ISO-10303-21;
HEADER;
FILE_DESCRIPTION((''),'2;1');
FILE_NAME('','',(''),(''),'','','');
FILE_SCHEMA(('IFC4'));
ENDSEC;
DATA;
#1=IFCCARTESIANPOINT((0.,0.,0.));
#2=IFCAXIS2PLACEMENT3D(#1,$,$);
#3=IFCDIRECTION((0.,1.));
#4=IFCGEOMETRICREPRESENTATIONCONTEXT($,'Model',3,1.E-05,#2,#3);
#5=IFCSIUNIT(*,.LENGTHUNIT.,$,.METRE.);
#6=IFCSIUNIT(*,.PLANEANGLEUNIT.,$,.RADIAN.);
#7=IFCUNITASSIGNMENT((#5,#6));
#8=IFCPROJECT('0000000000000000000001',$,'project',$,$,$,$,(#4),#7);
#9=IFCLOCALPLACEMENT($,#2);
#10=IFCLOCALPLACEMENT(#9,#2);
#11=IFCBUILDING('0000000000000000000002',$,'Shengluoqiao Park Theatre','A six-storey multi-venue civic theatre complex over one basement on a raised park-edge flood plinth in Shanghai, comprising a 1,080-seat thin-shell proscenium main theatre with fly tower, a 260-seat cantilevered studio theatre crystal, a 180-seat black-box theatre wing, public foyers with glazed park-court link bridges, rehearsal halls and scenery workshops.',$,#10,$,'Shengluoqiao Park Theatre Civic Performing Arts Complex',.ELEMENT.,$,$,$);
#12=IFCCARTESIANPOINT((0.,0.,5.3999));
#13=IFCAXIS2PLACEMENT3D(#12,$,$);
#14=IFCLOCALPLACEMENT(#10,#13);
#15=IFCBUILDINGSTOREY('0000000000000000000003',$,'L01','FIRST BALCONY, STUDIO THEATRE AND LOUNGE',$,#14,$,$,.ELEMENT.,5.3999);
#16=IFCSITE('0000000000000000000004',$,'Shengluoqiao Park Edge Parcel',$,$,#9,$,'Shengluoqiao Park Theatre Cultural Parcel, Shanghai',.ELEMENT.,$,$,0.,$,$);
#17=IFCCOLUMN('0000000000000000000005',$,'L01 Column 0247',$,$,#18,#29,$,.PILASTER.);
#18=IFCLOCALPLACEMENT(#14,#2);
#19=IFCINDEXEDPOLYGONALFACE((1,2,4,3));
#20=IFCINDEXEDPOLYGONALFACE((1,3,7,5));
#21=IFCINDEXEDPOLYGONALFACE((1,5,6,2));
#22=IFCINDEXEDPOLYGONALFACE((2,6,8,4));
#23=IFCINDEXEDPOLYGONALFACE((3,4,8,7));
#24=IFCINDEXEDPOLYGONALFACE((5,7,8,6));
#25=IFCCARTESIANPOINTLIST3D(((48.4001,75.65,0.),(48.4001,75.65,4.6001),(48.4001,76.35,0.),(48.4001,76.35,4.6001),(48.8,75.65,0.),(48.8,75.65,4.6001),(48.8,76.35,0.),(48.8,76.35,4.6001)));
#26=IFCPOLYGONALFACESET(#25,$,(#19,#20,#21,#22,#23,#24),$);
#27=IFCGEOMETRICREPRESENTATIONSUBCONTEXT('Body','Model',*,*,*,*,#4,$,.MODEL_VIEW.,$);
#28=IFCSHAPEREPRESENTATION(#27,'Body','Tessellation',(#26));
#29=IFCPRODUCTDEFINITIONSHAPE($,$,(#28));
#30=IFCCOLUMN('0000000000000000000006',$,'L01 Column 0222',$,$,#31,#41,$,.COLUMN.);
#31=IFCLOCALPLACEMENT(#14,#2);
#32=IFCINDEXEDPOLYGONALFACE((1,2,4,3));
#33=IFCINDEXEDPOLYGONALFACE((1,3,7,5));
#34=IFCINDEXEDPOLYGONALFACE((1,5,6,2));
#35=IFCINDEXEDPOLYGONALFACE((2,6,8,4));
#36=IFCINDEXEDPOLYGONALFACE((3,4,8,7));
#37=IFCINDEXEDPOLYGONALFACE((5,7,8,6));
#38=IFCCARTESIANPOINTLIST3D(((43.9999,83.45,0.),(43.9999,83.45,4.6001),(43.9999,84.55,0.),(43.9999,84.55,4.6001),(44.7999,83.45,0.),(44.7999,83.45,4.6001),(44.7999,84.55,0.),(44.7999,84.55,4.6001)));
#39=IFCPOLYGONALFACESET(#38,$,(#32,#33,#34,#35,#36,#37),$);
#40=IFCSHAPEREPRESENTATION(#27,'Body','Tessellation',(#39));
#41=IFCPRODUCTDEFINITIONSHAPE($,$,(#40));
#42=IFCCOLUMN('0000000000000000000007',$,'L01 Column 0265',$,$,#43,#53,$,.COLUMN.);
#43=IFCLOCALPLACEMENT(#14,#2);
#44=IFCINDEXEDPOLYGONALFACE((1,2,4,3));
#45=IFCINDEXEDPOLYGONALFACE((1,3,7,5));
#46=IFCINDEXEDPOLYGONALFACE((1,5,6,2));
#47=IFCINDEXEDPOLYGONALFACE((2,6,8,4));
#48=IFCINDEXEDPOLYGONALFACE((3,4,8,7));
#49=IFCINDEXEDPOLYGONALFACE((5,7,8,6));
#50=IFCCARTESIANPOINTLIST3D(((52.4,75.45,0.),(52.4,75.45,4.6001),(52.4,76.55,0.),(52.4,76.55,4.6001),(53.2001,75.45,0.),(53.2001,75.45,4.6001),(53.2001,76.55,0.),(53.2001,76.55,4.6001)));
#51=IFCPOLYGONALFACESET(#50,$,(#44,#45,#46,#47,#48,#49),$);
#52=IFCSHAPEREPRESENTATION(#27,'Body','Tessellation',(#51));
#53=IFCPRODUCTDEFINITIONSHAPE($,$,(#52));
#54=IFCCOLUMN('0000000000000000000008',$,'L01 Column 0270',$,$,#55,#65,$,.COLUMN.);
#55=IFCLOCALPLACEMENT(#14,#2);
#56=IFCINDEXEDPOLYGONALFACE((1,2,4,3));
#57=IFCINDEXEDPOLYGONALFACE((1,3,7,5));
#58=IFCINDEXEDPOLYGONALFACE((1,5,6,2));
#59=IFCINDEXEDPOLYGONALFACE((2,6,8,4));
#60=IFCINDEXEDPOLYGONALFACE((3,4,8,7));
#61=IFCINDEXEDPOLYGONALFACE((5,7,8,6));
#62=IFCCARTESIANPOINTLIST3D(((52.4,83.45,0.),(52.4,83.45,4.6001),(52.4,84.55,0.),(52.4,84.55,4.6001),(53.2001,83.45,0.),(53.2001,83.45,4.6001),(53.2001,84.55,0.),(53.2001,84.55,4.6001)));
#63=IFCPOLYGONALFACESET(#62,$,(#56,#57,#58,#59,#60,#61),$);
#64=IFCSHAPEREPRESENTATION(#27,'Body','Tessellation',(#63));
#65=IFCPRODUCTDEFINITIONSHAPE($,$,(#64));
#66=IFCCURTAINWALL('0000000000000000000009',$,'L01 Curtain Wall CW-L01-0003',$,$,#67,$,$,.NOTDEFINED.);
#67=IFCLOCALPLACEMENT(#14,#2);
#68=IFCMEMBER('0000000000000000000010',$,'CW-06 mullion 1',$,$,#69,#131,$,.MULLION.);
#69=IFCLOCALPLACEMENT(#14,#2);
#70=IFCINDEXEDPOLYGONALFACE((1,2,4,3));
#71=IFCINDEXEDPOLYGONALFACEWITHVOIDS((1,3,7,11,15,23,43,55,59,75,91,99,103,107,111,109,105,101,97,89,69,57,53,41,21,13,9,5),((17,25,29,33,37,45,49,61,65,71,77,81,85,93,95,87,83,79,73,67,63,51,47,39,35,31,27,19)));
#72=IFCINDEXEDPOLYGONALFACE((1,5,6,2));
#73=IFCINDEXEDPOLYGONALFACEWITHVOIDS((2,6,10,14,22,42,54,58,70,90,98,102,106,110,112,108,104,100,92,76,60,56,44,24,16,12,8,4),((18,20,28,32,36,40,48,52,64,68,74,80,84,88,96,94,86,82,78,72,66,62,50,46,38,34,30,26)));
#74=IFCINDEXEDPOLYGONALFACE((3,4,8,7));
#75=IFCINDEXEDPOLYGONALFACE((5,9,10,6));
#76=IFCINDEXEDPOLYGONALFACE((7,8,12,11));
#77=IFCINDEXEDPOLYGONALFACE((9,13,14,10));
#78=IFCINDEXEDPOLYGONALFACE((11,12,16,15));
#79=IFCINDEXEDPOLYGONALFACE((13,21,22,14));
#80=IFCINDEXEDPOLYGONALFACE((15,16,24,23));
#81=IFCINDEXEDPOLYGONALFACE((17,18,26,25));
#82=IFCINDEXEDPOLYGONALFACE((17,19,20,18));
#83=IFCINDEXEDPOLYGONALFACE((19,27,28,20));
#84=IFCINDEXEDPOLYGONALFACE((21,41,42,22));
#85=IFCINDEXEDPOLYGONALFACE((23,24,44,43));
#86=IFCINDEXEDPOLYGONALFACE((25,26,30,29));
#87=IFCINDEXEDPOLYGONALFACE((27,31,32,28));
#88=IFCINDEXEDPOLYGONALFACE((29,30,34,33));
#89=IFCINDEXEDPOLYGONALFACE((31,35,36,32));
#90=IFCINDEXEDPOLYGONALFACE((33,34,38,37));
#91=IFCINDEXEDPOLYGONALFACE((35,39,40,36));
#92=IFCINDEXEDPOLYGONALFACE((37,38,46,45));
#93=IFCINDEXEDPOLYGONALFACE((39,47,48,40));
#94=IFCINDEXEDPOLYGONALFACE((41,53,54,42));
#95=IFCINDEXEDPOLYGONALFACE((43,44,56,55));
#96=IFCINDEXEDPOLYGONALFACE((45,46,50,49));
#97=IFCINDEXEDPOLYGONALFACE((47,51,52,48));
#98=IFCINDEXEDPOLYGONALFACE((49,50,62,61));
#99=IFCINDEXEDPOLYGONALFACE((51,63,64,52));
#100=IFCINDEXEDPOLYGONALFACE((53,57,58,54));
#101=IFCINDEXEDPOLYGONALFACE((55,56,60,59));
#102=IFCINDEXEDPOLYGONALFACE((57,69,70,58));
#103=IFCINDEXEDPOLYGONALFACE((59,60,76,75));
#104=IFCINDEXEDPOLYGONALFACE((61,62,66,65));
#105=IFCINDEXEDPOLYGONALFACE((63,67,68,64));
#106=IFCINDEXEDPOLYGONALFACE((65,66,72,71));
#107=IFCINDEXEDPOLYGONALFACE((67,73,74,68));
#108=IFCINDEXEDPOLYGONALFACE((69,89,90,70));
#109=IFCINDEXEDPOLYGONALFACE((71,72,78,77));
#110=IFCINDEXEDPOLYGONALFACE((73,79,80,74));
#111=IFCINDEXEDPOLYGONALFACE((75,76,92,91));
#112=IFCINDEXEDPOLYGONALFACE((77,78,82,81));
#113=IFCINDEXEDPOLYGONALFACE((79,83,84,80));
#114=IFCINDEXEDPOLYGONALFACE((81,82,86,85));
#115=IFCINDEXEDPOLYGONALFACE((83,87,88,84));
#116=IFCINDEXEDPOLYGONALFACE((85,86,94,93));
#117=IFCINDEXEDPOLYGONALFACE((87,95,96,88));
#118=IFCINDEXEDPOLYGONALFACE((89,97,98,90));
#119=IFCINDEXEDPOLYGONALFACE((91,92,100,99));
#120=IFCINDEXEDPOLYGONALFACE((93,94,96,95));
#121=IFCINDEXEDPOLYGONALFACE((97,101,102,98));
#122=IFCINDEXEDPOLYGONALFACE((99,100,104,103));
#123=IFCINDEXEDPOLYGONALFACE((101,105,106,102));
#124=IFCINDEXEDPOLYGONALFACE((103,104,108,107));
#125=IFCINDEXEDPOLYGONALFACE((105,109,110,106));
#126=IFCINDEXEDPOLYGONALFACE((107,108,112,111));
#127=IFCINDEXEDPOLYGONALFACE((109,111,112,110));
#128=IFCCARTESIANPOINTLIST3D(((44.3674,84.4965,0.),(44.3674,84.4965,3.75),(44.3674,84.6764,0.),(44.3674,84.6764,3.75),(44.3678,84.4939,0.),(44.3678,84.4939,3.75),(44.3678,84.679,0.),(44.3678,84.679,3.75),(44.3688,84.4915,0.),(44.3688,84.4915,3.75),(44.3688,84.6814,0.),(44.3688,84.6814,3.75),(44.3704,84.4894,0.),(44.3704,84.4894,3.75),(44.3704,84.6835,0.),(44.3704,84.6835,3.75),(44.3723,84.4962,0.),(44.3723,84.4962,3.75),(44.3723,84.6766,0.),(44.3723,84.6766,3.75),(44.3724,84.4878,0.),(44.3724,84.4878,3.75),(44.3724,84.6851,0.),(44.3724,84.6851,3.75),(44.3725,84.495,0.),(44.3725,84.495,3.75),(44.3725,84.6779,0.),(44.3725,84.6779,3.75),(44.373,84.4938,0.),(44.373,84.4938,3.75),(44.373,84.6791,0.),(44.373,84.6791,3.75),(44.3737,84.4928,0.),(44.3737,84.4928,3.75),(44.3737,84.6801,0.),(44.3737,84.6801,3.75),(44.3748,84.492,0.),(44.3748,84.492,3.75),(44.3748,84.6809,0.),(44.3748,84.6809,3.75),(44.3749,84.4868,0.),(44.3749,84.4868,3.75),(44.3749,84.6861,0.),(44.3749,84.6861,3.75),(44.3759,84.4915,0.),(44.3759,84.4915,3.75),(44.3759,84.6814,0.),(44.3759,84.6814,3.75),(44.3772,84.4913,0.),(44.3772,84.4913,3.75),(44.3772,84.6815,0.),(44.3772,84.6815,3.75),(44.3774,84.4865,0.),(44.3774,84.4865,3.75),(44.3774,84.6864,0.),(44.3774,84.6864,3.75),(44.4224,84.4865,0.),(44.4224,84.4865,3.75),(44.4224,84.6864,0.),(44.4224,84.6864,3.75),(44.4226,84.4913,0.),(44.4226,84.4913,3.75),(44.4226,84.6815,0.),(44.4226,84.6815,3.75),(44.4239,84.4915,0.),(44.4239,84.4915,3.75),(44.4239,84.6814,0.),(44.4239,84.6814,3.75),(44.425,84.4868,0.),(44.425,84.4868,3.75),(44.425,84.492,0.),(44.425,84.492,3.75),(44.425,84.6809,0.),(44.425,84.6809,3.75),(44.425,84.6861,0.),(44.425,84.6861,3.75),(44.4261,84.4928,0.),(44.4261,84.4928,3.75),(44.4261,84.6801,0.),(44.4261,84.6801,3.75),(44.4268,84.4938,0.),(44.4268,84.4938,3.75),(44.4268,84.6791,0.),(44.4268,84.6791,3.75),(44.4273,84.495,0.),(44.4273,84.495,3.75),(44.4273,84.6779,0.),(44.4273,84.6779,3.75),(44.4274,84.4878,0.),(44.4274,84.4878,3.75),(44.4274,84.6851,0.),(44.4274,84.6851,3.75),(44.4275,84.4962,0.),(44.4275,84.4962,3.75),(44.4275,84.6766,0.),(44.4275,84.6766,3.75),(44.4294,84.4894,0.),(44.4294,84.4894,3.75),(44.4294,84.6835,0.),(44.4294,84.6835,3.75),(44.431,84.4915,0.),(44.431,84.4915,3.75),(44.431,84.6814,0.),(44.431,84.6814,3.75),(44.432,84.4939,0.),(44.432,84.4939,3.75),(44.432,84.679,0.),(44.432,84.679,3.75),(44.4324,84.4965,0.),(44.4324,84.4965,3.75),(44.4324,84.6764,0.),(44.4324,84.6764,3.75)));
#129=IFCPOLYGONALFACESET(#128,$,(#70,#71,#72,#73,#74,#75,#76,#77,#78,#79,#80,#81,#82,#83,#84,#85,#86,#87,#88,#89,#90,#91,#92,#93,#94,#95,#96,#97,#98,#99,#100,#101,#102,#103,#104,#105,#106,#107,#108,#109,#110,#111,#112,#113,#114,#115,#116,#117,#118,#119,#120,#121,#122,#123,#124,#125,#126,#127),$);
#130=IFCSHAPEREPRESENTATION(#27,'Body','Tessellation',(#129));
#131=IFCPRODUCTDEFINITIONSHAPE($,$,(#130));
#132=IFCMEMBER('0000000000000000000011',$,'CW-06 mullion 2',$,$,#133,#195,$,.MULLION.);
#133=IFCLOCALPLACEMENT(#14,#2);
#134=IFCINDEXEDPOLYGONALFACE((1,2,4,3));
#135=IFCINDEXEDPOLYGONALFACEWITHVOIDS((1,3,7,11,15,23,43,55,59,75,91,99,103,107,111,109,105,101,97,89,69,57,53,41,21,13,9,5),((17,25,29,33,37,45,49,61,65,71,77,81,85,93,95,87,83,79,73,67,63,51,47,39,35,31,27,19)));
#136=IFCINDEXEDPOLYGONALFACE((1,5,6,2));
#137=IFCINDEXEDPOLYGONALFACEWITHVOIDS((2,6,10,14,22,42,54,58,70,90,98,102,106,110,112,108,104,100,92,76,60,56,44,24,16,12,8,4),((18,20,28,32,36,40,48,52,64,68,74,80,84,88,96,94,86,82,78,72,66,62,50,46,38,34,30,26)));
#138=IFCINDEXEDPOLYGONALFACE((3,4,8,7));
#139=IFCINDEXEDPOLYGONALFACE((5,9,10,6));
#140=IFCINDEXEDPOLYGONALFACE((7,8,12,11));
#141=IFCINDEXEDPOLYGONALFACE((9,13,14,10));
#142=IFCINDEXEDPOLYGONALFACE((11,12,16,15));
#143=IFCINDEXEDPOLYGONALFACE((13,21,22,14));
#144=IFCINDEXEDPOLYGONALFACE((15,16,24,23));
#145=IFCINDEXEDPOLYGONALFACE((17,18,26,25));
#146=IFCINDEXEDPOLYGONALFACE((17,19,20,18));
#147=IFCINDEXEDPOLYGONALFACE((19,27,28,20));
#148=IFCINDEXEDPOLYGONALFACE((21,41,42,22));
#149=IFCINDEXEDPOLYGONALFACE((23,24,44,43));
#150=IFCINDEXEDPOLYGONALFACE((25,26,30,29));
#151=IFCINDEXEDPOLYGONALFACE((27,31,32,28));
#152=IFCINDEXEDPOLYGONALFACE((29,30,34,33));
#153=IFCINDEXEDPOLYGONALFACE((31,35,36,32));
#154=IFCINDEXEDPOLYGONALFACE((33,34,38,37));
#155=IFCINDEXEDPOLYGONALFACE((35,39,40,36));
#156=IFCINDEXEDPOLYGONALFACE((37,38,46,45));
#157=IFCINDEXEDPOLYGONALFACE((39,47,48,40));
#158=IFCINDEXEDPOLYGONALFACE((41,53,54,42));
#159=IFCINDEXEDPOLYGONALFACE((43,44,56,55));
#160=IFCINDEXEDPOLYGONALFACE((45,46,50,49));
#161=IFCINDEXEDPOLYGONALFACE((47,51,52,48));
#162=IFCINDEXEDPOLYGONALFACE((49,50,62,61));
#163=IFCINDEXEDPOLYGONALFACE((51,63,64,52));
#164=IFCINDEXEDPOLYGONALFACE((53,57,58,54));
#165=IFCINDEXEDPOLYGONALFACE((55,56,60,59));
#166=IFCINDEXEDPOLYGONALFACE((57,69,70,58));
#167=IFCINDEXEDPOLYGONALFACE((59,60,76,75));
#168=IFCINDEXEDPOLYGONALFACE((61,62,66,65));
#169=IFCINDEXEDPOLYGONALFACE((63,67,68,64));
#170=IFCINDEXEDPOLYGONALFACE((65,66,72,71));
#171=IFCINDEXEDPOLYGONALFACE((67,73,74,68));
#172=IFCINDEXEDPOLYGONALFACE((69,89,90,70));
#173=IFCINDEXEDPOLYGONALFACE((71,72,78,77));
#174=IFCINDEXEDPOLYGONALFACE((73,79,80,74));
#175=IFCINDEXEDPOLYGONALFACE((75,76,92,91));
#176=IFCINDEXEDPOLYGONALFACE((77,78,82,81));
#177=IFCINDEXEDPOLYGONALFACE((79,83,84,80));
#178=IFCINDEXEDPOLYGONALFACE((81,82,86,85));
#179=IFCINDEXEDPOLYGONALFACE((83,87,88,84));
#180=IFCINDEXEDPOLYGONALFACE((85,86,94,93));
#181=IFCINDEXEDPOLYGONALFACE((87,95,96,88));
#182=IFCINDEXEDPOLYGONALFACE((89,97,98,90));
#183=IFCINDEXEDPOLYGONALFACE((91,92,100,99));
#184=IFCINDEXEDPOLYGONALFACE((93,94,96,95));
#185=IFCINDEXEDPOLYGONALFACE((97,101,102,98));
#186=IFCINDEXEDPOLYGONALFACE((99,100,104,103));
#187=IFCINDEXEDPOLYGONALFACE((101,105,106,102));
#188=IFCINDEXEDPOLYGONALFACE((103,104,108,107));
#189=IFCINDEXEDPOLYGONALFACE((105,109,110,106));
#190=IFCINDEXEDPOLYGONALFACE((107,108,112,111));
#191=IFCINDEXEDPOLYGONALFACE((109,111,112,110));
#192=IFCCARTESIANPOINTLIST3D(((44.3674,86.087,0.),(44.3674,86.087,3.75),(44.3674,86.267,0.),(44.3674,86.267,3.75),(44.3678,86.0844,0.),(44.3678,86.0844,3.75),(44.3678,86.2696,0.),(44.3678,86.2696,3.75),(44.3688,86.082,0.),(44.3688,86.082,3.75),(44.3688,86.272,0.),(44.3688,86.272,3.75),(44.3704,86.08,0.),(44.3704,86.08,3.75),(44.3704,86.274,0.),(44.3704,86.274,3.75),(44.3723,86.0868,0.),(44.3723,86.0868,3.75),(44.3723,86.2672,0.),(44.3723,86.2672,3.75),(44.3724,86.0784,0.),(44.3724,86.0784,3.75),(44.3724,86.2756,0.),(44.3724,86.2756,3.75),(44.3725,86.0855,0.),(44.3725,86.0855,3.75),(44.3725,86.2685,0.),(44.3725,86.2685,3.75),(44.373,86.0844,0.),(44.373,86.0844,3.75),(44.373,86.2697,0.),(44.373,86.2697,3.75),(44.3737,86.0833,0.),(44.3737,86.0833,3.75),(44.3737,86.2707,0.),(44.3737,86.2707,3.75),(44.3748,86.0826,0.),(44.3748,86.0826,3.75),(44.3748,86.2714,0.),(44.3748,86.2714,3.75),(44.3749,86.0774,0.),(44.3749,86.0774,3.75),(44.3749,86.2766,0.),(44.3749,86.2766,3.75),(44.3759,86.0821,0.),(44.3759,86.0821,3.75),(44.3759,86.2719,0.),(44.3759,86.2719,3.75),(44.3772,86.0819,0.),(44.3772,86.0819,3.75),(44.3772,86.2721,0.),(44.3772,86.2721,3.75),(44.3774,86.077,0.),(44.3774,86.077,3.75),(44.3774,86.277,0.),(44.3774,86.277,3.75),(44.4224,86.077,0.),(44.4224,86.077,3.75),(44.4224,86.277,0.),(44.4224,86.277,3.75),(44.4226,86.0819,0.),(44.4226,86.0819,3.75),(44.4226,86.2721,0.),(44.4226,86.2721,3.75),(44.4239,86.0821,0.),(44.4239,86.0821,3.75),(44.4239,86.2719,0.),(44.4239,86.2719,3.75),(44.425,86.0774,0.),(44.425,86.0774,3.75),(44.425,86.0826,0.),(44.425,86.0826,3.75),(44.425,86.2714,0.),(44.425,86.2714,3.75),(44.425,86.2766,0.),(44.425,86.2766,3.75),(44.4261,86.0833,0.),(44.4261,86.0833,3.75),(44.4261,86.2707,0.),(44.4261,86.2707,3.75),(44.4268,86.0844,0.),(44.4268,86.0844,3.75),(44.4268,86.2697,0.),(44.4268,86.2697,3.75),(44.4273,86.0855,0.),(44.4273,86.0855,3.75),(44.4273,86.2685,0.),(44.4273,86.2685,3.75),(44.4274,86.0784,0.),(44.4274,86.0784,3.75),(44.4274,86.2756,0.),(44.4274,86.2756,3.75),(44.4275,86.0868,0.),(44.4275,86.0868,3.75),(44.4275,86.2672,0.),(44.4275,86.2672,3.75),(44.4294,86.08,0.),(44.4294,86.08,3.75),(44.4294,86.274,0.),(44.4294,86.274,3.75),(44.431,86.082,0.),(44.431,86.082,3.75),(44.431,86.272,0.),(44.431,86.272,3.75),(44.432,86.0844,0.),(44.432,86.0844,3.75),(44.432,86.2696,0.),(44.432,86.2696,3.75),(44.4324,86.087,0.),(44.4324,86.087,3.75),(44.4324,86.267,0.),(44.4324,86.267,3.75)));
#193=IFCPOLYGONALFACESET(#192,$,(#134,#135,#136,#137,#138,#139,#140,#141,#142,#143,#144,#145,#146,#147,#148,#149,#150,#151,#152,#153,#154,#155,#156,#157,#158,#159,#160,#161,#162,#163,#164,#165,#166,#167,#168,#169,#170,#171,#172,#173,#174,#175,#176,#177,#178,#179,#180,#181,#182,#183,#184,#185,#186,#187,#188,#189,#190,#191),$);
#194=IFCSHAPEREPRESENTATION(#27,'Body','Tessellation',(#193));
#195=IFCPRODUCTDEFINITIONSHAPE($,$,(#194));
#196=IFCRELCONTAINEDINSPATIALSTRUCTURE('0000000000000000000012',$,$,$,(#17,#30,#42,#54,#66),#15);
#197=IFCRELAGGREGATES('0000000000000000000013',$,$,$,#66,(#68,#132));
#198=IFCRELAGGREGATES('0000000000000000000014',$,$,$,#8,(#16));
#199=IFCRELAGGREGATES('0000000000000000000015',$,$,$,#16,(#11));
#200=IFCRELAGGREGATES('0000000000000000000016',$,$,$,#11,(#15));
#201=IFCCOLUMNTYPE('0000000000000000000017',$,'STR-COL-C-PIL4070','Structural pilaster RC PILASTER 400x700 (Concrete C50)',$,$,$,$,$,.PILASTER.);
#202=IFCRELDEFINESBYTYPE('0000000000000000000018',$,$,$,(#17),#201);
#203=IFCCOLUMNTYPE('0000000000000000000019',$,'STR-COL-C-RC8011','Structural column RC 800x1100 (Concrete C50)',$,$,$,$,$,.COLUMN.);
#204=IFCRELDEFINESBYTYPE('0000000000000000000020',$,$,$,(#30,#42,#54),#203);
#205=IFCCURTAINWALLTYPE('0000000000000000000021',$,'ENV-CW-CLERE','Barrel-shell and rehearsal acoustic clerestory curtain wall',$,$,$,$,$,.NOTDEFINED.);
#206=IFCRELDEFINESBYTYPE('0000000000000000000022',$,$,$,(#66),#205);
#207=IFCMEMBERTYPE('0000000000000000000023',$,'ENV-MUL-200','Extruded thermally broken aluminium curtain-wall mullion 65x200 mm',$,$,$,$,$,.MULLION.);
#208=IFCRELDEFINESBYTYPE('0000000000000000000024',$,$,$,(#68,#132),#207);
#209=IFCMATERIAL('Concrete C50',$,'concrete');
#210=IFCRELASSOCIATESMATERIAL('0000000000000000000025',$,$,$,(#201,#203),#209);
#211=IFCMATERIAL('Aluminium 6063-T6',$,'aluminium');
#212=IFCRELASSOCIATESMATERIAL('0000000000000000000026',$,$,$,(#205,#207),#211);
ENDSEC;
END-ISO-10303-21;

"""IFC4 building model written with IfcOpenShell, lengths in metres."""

from ifc_helpers import new_model, si_unit, direction, frame, origin, origin_2d, place, context, subcontext, project, spatial, rectangle, hollow_rectangle, extrude, material, material_profile, profile_set, type_object, element, aggregate, save


model = new_model("IFC4")

# Units and contexts
model_context = context("Model", 3, precision=1e-05, world=origin(), true_north=direction((0.0, 1.0)))
body_context = subcontext(model_context, "Body", "Model", "MODEL_VIEW")
ifc_project = project(units=[si_unit("LENGTHUNIT", "METRE"), si_unit("PLANEANGLEUNIT", "RADIAN")], contexts=[model_context])

# Site, building, storey
site_placement = place(None, origin())
site = spatial("IfcSite", under=ifc_project, at=site_placement, Name="Shengluoqiao Park Edge Parcel", LongName="Shengluoqiao Park Theatre Cultural Parcel, Shanghai", CompositionType="ELEMENT", RefElevation=0.0)
building_placement = place(site_placement, origin())
building = spatial("IfcBuilding", under=site, at=building_placement, Name="Shengluoqiao Park Theatre", Description="A six-storey multi-venue civic theatre complex over one basement on a raised park-edge flood plinth in Shanghai, comprising a 1,080-seat thin-shell proscenium main theatre with fly tower, a 260-seat cantilevered studio theatre crystal, a 180-seat black-box theatre wing, public foyers with glazed park-court link bridges, rehearsal halls and scenery workshops.", LongName="Shengluoqiao Park Theatre Civic Performing Arts Complex", CompositionType="ELEMENT")
storey_placement = place(building_placement, frame((0.0, 0.0, 5.3999)))
storey = spatial("IfcBuildingStorey", under=building, at=storey_placement, Name="L01", Description="FIRST BALCONY, STUDIO THEATRE AND LOUNGE", CompositionType="ELEMENT", Elevation=5.3999)

# Columns
ifc_material_1 = material(Name="Concrete C50", Category="concrete")
ifc_material_profile_1 = material_profile(ifc_material_1, rectangle(XDim=0.3999, YDim=0.7, at=origin_2d()), Name="RC PILASTER 400x700")
ifc_profile_set_1 = profile_set([ifc_material_profile_1], Name="Concrete C50")
column_type_1 = type_object("IfcColumnType", Name="STR-COL-C-PIL4070", Description="Structural pilaster RC PILASTER 400x700 (Concrete C50)", PredefinedType="PILASTER", material=ifc_profile_set_1)
column_placement = place(storey_placement, frame((48.6001, 76.0, 0.0), z_axis=(0.0, 0.0, 1.0), x_axis=(1.0, 0.0, 0.0)))
element("IfcColumn", 1, at=column_placement, inside=storey, type_object=column_type_1, Name="L01 Column 0247", PredefinedType="PILASTER", context=body_context, shape_type="SweptSolid", body=[
    extrude(rectangle(XDim=0.3999, YDim=0.7, at=origin_2d()), origin(), (0.0, 0.0, 1.0), 4.6001),
])
ifc_material_profile_2 = material_profile(ifc_material_1, rectangle(XDim=0.8, YDim=1.1001, at=origin_2d()), Name="RC 800x1100")
ifc_profile_set_2 = profile_set([ifc_material_profile_2], Name="Concrete C50")
column_type_2 = type_object("IfcColumnType", Name="STR-COL-C-RC8011", Description="Structural column RC 800x1100 (Concrete C50)", PredefinedType="COLUMN", material=ifc_profile_set_2)
for number, where, z_axis, x_axis, name in (
    (2, (44.3999, 84.0, 0.0), (0.0, 0.0, 1.0), (1.0, 0.0, 0.0), "L01 Column 0222"),
    (3, (52.8, 76.0, 0.0), (0.0, 0.0, 1.0), (1.0, 0.0, 0.0), "L01 Column 0265"),
    (4, (52.8, 84.0, 0.0), (0.0, 0.0, 1.0), (1.0, 0.0, 0.0), "L01 Column 0270"),
):
    element("IfcColumn", number, at=place(storey_placement, frame(where, z_axis=z_axis, x_axis=x_axis)), inside=storey, type_object=column_type_2, Name=name, PredefinedType="COLUMN", context=body_context, shape_type="SweptSolid", body=[
        extrude(rectangle(XDim=0.8, YDim=1.1001, at=origin_2d()), origin(), (0.0, 0.0, 1.0), 4.6001),
    ])

# Curtain wall, members
ifc_material_2 = material(Name="Aluminium 6063-T6", Category="aluminium")
curtain_wall_type = type_object("IfcCurtainWallType", Name="ENV-CW-CLERE", Description="Barrel-shell and rehearsal acoustic clerestory curtain wall", PredefinedType="NOTDEFINED", material=ifc_material_2)
curtain_wall_placement = place(storey_placement, origin())
curtain_wall = element("IfcCurtainWall", 5, at=curtain_wall_placement, inside=storey, type_object=curtain_wall_type, Name="L01 Curtain Wall CW-L01-0003", PredefinedType="NOTDEFINED")
ifc_material_profile_3 = material_profile(ifc_material_2, hollow_rectangle(XDim=0.0649, YDim=0.2, WallThickness=0.0049, InnerFilletRadius=0.0049, OuterFilletRadius=0.01, at=origin_2d()), Name="ALU MULLION 200x65x5")
ifc_profile_set_3 = profile_set([ifc_material_profile_3], Name="Aluminium 6063-T6")
member_type_1 = type_object("IfcMemberType", Name="ENV-MUL-200", Description="Extruded thermally broken aluminium curtain-wall mullion 65x200 mm", PredefinedType="MULLION", material=ifc_profile_set_3)
member_1_placement = place(storey_placement, frame((44.3999, 84.5864, 0.0), z_axis=(0.0, 0.0, 1.0), x_axis=(-1.0, 0.0, 0.0)))
member_1 = element("IfcMember", 6, at=member_1_placement, type_object=member_type_1, Name="CW-06 mullion 1", PredefinedType="MULLION", context=body_context, shape_type="SweptSolid", body=[
    extrude(hollow_rectangle(XDim=0.0649, YDim=0.2, WallThickness=0.0049, InnerFilletRadius=0.0049, OuterFilletRadius=0.01, at=origin_2d()), origin(), (0.0, 0.0, 1.0), 3.75),
])
member_2_placement = place(storey_placement, frame((44.3999, 86.177, 0.0), z_axis=(0.0, 0.0, 1.0), x_axis=(-1.0, 0.0, 0.0)))
member_2 = element("IfcMember", 7, at=member_2_placement, type_object=member_type_1, Name="CW-06 mullion 2", PredefinedType="MULLION", context=body_context, shape_type="SweptSolid", body=[
    extrude(hollow_rectangle(XDim=0.0649, YDim=0.2, WallThickness=0.0049, InnerFilletRadius=0.0049, OuterFilletRadius=0.01, at=origin_2d()), origin(), (0.0, 0.0, 1.0), 3.75),
])

aggregate(curtain_wall, [member_1, member_2])

save(model, "model.ifc")
